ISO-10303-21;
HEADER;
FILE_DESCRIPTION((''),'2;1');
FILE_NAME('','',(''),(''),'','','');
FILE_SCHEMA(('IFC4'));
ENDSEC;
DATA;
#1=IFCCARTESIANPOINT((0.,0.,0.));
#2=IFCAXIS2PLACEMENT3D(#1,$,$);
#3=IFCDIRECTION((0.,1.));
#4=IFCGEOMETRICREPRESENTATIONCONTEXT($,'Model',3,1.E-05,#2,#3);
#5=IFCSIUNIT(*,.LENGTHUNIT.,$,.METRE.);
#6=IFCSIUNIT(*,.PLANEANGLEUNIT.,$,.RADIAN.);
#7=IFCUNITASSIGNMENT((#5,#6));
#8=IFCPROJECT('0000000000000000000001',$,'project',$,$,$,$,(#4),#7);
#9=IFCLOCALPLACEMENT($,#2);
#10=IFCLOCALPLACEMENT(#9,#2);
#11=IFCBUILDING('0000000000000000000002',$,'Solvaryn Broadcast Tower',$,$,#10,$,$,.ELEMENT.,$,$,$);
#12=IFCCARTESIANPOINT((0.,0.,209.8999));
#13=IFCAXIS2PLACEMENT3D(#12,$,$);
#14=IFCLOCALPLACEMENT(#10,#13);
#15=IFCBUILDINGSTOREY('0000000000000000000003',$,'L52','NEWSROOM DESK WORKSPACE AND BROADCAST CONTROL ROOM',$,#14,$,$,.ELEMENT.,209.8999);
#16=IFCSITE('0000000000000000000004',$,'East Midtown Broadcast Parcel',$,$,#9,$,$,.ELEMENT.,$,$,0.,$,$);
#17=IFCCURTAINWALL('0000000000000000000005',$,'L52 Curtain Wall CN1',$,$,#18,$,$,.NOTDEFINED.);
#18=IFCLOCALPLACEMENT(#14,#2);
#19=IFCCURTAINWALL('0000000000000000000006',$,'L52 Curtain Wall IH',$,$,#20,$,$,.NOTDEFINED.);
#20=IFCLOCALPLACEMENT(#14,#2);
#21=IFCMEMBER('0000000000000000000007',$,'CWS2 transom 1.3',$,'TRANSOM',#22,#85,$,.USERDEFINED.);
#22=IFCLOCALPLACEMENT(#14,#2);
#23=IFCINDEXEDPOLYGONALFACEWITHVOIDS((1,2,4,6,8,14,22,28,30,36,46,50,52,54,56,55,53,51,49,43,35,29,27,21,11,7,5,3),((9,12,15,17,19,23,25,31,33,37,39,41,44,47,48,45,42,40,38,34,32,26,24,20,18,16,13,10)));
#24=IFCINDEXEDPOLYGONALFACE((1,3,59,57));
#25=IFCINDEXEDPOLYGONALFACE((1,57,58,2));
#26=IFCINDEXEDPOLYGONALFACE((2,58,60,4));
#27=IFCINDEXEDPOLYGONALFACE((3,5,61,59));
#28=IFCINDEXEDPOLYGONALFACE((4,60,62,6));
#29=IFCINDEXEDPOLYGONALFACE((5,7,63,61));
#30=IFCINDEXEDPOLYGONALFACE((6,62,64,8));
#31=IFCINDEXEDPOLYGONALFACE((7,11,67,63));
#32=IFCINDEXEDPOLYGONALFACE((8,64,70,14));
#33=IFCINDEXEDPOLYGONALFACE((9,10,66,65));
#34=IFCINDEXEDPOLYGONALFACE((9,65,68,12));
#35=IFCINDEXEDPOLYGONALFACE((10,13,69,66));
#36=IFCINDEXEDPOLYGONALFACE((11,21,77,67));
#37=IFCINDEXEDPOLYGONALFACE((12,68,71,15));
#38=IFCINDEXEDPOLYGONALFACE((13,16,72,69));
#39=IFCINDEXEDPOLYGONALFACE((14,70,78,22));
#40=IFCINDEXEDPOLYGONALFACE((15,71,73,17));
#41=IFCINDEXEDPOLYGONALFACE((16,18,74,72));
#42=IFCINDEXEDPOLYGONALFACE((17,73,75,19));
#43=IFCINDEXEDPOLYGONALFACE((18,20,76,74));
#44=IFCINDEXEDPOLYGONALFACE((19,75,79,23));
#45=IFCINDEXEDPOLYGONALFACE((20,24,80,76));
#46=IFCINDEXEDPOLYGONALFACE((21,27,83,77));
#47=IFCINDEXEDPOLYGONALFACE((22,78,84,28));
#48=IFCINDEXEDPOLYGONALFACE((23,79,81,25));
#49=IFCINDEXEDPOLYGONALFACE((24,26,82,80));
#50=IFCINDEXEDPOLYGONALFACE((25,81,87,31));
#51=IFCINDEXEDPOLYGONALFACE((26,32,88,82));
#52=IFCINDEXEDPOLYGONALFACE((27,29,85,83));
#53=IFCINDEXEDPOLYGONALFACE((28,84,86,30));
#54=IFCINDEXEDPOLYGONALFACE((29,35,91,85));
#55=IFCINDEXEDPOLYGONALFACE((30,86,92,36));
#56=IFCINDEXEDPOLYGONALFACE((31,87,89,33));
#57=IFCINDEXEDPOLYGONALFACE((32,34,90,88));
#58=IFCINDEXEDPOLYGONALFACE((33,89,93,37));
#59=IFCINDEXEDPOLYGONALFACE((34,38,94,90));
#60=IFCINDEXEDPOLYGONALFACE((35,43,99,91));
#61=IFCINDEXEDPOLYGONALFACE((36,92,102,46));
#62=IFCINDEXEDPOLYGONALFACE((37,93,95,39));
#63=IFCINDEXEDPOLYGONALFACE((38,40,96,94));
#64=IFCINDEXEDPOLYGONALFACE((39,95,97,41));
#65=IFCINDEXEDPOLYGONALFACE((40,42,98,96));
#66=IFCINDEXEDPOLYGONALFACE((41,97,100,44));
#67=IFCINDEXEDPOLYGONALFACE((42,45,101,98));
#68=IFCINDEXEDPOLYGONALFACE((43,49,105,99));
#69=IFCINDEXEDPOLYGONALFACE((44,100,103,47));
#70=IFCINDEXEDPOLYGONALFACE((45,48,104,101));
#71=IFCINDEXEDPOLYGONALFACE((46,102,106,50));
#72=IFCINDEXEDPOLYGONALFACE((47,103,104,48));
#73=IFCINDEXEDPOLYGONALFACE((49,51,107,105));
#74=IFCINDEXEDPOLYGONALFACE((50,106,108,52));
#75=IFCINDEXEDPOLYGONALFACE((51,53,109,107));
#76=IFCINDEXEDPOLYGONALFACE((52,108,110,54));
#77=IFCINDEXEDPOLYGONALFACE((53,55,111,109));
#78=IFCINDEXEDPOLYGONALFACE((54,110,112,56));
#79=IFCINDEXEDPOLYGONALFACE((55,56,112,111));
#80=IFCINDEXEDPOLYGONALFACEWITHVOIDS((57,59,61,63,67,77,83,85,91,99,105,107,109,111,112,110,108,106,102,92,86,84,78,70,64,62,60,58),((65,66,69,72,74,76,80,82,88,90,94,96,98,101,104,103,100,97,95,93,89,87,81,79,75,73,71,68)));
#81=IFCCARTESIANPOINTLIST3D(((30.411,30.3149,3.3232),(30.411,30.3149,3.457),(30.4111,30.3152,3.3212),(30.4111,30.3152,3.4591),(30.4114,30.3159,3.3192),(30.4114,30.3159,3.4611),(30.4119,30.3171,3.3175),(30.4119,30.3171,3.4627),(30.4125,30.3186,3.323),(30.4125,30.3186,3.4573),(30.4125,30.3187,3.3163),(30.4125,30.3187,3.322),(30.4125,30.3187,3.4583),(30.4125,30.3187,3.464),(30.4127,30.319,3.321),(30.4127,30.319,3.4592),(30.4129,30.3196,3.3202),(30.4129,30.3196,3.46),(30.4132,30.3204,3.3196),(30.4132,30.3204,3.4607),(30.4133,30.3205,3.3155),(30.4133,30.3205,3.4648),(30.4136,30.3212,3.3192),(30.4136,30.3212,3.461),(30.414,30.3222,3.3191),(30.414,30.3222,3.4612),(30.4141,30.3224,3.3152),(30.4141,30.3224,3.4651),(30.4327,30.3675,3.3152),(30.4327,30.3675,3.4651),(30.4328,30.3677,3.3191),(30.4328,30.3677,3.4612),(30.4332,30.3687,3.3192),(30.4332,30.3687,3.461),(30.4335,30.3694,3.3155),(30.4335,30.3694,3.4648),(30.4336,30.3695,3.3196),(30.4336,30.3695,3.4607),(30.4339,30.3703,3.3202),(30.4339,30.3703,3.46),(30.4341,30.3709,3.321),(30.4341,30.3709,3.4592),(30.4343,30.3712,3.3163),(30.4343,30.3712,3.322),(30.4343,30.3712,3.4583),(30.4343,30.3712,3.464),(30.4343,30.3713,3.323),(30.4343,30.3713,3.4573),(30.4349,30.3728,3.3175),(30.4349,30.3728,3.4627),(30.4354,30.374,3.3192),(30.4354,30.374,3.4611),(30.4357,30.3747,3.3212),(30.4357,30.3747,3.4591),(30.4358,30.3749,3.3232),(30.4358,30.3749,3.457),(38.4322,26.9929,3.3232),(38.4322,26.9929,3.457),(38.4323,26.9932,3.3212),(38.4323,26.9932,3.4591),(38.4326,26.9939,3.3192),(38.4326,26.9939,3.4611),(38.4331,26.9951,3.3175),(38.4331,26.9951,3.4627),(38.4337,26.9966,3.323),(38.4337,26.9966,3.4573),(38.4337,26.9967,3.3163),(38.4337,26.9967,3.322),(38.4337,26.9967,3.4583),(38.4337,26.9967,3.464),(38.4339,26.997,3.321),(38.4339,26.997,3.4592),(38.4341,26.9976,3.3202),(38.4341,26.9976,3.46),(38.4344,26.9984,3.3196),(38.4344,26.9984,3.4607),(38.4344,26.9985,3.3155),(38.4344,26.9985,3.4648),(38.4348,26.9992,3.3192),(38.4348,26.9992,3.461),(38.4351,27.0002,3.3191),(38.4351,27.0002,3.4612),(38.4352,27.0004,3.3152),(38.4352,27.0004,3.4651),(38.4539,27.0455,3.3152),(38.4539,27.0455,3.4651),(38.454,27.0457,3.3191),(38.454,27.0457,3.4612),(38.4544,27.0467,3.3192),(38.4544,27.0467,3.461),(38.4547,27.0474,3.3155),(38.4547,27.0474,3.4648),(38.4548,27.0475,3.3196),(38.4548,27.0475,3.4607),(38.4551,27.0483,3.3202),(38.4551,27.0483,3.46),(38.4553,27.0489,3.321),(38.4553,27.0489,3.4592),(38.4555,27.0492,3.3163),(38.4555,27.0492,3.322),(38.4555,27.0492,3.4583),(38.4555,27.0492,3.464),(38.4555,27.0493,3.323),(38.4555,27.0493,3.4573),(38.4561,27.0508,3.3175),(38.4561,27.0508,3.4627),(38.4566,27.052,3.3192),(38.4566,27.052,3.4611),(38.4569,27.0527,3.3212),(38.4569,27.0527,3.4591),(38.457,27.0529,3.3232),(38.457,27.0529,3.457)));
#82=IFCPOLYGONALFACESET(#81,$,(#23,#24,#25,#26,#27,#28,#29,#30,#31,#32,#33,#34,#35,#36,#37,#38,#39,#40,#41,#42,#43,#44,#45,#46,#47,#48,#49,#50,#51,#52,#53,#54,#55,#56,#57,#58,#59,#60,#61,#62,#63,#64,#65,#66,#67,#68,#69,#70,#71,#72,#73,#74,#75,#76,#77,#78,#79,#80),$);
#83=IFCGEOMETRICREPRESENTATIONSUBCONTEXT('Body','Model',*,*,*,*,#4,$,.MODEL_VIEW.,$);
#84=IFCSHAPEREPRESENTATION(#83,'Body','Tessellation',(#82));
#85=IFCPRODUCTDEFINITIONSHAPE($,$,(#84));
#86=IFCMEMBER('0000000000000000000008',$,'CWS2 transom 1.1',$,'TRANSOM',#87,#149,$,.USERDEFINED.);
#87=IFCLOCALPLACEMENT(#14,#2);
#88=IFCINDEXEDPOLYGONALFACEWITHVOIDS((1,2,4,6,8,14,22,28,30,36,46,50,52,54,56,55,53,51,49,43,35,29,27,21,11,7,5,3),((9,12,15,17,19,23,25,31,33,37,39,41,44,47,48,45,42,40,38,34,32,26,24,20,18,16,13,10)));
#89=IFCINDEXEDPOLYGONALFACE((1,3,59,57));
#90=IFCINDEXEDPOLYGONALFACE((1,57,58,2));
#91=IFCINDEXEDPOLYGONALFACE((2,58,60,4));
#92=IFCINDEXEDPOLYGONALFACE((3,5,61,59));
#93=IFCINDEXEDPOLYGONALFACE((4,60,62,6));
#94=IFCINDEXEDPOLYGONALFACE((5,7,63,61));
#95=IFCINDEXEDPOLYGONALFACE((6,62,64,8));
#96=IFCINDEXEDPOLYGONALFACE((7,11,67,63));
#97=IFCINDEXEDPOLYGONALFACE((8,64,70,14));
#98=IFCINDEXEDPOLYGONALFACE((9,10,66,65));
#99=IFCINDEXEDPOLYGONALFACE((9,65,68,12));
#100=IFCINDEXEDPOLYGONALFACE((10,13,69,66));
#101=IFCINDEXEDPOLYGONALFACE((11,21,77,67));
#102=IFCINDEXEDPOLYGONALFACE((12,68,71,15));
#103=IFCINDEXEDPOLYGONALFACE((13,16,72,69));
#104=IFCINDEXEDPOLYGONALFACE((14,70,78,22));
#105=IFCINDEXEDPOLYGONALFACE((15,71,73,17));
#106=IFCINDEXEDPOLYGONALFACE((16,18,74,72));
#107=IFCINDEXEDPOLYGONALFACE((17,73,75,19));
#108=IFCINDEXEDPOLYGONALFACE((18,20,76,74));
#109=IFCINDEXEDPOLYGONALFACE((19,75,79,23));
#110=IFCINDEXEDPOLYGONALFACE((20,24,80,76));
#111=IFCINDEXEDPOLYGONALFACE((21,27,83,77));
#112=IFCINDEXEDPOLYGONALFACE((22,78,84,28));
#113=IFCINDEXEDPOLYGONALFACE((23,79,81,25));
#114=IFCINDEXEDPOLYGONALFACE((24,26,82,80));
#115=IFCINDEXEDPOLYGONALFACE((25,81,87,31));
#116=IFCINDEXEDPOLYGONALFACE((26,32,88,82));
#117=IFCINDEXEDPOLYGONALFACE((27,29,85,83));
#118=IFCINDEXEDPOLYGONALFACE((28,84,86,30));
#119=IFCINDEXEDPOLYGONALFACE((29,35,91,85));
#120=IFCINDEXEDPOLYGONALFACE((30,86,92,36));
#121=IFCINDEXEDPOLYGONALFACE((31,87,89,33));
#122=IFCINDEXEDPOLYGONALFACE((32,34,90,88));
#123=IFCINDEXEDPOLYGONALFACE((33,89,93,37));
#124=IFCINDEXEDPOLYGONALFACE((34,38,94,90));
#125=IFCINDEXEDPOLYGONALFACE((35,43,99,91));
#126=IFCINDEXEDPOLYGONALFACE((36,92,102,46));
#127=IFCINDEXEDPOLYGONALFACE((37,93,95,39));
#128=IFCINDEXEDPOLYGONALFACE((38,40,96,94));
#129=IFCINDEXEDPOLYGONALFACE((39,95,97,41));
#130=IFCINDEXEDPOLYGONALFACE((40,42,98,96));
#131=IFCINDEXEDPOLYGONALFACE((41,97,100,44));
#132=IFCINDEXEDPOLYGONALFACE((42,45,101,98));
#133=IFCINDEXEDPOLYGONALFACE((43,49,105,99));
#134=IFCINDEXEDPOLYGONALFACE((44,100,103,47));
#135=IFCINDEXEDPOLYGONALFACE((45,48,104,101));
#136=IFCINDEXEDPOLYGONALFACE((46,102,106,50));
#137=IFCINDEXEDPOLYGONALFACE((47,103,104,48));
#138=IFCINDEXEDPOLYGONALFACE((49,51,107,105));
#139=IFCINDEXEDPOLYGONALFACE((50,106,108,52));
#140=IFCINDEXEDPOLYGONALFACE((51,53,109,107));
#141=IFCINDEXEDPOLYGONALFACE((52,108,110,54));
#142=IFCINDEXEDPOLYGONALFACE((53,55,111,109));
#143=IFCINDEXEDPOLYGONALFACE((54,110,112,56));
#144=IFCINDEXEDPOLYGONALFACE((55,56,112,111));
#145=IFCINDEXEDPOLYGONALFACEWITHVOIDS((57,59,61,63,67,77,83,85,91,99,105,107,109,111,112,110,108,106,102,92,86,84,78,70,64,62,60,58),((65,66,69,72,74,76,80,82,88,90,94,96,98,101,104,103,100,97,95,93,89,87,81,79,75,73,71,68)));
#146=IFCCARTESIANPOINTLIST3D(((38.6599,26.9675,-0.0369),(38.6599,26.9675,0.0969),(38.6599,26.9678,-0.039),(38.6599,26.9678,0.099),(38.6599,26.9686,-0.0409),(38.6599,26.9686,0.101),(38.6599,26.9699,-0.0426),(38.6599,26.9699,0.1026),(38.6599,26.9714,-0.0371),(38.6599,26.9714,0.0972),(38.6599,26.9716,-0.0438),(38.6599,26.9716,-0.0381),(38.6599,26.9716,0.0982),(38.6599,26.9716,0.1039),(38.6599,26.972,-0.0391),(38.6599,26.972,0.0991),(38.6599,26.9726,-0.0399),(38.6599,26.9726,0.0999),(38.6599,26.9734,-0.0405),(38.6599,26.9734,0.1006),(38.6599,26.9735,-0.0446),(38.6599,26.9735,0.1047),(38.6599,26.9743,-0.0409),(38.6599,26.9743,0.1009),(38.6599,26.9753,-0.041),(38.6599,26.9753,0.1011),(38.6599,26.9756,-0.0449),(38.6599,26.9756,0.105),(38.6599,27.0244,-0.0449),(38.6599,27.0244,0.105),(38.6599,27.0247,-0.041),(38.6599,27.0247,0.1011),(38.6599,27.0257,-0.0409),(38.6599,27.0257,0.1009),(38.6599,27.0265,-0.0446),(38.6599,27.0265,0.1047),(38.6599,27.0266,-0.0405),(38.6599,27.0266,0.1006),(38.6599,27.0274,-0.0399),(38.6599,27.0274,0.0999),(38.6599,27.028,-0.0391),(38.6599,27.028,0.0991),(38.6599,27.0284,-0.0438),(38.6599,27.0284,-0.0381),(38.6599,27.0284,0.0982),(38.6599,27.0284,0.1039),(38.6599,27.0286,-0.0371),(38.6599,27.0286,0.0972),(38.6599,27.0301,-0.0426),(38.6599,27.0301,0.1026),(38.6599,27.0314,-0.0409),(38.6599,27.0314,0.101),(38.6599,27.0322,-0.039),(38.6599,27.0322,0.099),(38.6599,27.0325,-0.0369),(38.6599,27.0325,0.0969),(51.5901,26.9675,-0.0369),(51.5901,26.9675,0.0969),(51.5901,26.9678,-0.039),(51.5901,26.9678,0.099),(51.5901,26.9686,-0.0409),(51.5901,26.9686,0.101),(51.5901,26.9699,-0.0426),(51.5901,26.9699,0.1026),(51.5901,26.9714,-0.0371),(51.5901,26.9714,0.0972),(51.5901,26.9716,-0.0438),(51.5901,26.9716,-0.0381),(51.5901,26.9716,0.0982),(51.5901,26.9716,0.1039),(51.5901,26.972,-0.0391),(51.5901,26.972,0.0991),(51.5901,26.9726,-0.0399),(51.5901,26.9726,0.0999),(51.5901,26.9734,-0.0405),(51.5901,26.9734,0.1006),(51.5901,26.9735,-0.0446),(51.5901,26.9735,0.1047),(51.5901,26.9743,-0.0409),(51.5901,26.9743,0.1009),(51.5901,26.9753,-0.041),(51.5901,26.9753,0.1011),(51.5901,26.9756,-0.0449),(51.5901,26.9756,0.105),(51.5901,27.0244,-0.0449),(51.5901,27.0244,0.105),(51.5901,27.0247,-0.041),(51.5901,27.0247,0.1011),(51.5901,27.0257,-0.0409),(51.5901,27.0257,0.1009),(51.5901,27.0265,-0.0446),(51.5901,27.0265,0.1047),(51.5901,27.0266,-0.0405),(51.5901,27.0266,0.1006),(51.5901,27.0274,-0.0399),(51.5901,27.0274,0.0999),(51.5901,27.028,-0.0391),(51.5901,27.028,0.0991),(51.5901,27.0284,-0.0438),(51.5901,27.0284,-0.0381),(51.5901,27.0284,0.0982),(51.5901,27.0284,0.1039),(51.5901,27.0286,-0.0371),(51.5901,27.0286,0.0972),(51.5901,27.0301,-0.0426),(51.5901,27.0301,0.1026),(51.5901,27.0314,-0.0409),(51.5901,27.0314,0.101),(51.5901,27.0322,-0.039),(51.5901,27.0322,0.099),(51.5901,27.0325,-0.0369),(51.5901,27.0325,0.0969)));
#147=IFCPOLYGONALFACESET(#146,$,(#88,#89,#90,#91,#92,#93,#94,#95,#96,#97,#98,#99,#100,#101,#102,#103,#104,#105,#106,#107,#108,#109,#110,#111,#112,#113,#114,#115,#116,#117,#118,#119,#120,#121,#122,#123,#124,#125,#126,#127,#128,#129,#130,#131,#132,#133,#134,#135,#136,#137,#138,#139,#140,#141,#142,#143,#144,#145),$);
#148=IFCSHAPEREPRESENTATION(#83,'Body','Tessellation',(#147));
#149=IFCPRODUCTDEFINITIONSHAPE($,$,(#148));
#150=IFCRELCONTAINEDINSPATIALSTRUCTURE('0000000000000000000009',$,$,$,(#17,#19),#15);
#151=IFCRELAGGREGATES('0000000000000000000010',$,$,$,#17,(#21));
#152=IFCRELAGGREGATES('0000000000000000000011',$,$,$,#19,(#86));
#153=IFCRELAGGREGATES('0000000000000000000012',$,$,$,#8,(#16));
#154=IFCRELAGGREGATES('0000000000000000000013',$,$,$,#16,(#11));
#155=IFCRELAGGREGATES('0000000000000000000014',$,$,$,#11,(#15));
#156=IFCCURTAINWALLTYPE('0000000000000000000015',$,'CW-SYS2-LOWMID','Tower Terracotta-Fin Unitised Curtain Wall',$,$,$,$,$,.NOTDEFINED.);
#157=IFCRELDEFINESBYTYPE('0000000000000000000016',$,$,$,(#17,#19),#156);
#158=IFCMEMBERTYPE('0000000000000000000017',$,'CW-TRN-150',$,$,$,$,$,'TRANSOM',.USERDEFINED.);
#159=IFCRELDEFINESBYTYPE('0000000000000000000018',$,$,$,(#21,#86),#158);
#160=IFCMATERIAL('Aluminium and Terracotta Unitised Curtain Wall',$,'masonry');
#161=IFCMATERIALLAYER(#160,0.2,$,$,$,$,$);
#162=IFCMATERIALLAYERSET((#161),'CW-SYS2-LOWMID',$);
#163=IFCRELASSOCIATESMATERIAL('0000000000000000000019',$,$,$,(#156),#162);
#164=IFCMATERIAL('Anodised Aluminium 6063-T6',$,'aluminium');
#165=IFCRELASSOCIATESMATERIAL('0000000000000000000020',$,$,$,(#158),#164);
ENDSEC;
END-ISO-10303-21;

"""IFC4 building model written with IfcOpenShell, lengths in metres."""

from ifc_helpers import new_model, si_unit, direction, frame, origin, origin_2d, place, context, subcontext, project, spatial, hollow_rectangle, extrude, material, layer, layer_set, material_profile, profile_set, type_object, element, aggregate, save


model = new_model("IFC4")

# Units and contexts
model_context = context("Model", 3, precision=1e-05, world=origin(), true_north=direction((0.0, 1.0)))
body_context = subcontext(model_context, "Body", "Model", "MODEL_VIEW")
ifc_project = project(units=[si_unit("LENGTHUNIT", "METRE"), si_unit("PLANEANGLEUNIT", "RADIAN")], contexts=[model_context])

# Site, building, storey
site_placement = place(None, origin())
site = spatial("IfcSite", under=ifc_project, at=site_placement, Name="East Midtown Broadcast Parcel", CompositionType="ELEMENT", RefElevation=0.0)
building_placement = place(site_placement, origin())
building = spatial("IfcBuilding", under=site, at=building_placement, Name="Solvaryn Broadcast Tower", CompositionType="ELEMENT")
storey_placement = place(building_placement, frame((0.0, 0.0, 209.8999)))
storey = spatial("IfcBuildingStorey", under=building, at=storey_placement, Name="L52", Description="NEWSROOM DESK WORKSPACE AND BROADCAST CONTROL ROOM", CompositionType="ELEMENT", Elevation=209.8999)

# Curtain walls
ifc_material_1 = material(Name="Aluminium and Terracotta Unitised Curtain Wall", Category="masonry")
ifc_layer_1 = layer(ifc_material_1, 0.2)
ifc_layer_set_1 = layer_set([ifc_layer_1], Name="CW-SYS2-LOWMID")
curtain_wall_type = type_object("IfcCurtainWallType", Name="CW-SYS2-LOWMID", Description="Tower Terracotta-Fin Unitised Curtain Wall", PredefinedType="NOTDEFINED", material=ifc_layer_set_1)
curtain_wall_1_placement = place(storey_placement, origin())
curtain_wall_1 = element("IfcCurtainWall", 1, at=curtain_wall_1_placement, inside=storey, type_object=curtain_wall_type, Name="L52 Curtain Wall CN1", PredefinedType="NOTDEFINED")
curtain_wall_2_placement = place(storey_placement, origin())
curtain_wall_2 = element("IfcCurtainWall", 2, at=curtain_wall_2_placement, inside=storey, type_object=curtain_wall_type, Name="L52 Curtain Wall IH", PredefinedType="NOTDEFINED")

# Members
ifc_material_2 = material(Name="Anodised Aluminium 6063-T6", Category="aluminium")
ifc_material_profile_1 = material_profile(ifc_material_2, hollow_rectangle(XDim=0.0649, YDim=0.1499, WallThickness=0.0039, InnerFilletRadius=0.0039, OuterFilletRadius=0.0081, at=origin_2d()))
ifc_profile_set_1 = profile_set([ifc_material_profile_1], Name="Anodised Aluminium 6063-T6")
member_type_1 = type_object("IfcMemberType", Name="CW-TRN-150", ElementType="TRANSOM", PredefinedType="USERDEFINED", material=ifc_profile_set_1)
member_1_placement = place(storey_placement, frame((38.4446, 27.0229, 3.3901), z_axis=(-0.923899, 0.382636, 0.0), x_axis=(-0.382636, -0.923899, 0.0)))
member_1 = element("IfcMember", 3, at=member_1_placement, type_object=member_type_1, Name="CWS2 transom 1.3", ObjectType="TRANSOM", PredefinedType="USERDEFINED", context=body_context, shape_type="SweptSolid", body=[
    extrude(hollow_rectangle(XDim=0.0649, YDim=0.1499, WallThickness=0.0039, InnerFilletRadius=0.0039, OuterFilletRadius=0.0081, at=origin_2d()), origin(), (0.0, 0.0, 1.0), 8.6819),
])
aggregate(curtain_wall_1, [member_1])
member_2_placement = place(storey_placement, frame((38.6599, 27.0, 0.03), z_axis=(1.0, 0.0, 0.0), x_axis=(0.0, 1.0, 0.0)))
member_2 = element("IfcMember", 4, at=member_2_placement, type_object=member_type_1, Name="CWS2 transom 1.1", ObjectType="TRANSOM", PredefinedType="USERDEFINED", context=body_context, shape_type="SweptSolid", body=[
    extrude(hollow_rectangle(XDim=0.0649, YDim=0.1499, WallThickness=0.0039, InnerFilletRadius=0.0039, OuterFilletRadius=0.0081, at=origin_2d()), origin(), (0.0, 0.0, 1.0), 12.9302),
])
aggregate(curtain_wall_2, [member_2])

save(model, "model.ifc")
